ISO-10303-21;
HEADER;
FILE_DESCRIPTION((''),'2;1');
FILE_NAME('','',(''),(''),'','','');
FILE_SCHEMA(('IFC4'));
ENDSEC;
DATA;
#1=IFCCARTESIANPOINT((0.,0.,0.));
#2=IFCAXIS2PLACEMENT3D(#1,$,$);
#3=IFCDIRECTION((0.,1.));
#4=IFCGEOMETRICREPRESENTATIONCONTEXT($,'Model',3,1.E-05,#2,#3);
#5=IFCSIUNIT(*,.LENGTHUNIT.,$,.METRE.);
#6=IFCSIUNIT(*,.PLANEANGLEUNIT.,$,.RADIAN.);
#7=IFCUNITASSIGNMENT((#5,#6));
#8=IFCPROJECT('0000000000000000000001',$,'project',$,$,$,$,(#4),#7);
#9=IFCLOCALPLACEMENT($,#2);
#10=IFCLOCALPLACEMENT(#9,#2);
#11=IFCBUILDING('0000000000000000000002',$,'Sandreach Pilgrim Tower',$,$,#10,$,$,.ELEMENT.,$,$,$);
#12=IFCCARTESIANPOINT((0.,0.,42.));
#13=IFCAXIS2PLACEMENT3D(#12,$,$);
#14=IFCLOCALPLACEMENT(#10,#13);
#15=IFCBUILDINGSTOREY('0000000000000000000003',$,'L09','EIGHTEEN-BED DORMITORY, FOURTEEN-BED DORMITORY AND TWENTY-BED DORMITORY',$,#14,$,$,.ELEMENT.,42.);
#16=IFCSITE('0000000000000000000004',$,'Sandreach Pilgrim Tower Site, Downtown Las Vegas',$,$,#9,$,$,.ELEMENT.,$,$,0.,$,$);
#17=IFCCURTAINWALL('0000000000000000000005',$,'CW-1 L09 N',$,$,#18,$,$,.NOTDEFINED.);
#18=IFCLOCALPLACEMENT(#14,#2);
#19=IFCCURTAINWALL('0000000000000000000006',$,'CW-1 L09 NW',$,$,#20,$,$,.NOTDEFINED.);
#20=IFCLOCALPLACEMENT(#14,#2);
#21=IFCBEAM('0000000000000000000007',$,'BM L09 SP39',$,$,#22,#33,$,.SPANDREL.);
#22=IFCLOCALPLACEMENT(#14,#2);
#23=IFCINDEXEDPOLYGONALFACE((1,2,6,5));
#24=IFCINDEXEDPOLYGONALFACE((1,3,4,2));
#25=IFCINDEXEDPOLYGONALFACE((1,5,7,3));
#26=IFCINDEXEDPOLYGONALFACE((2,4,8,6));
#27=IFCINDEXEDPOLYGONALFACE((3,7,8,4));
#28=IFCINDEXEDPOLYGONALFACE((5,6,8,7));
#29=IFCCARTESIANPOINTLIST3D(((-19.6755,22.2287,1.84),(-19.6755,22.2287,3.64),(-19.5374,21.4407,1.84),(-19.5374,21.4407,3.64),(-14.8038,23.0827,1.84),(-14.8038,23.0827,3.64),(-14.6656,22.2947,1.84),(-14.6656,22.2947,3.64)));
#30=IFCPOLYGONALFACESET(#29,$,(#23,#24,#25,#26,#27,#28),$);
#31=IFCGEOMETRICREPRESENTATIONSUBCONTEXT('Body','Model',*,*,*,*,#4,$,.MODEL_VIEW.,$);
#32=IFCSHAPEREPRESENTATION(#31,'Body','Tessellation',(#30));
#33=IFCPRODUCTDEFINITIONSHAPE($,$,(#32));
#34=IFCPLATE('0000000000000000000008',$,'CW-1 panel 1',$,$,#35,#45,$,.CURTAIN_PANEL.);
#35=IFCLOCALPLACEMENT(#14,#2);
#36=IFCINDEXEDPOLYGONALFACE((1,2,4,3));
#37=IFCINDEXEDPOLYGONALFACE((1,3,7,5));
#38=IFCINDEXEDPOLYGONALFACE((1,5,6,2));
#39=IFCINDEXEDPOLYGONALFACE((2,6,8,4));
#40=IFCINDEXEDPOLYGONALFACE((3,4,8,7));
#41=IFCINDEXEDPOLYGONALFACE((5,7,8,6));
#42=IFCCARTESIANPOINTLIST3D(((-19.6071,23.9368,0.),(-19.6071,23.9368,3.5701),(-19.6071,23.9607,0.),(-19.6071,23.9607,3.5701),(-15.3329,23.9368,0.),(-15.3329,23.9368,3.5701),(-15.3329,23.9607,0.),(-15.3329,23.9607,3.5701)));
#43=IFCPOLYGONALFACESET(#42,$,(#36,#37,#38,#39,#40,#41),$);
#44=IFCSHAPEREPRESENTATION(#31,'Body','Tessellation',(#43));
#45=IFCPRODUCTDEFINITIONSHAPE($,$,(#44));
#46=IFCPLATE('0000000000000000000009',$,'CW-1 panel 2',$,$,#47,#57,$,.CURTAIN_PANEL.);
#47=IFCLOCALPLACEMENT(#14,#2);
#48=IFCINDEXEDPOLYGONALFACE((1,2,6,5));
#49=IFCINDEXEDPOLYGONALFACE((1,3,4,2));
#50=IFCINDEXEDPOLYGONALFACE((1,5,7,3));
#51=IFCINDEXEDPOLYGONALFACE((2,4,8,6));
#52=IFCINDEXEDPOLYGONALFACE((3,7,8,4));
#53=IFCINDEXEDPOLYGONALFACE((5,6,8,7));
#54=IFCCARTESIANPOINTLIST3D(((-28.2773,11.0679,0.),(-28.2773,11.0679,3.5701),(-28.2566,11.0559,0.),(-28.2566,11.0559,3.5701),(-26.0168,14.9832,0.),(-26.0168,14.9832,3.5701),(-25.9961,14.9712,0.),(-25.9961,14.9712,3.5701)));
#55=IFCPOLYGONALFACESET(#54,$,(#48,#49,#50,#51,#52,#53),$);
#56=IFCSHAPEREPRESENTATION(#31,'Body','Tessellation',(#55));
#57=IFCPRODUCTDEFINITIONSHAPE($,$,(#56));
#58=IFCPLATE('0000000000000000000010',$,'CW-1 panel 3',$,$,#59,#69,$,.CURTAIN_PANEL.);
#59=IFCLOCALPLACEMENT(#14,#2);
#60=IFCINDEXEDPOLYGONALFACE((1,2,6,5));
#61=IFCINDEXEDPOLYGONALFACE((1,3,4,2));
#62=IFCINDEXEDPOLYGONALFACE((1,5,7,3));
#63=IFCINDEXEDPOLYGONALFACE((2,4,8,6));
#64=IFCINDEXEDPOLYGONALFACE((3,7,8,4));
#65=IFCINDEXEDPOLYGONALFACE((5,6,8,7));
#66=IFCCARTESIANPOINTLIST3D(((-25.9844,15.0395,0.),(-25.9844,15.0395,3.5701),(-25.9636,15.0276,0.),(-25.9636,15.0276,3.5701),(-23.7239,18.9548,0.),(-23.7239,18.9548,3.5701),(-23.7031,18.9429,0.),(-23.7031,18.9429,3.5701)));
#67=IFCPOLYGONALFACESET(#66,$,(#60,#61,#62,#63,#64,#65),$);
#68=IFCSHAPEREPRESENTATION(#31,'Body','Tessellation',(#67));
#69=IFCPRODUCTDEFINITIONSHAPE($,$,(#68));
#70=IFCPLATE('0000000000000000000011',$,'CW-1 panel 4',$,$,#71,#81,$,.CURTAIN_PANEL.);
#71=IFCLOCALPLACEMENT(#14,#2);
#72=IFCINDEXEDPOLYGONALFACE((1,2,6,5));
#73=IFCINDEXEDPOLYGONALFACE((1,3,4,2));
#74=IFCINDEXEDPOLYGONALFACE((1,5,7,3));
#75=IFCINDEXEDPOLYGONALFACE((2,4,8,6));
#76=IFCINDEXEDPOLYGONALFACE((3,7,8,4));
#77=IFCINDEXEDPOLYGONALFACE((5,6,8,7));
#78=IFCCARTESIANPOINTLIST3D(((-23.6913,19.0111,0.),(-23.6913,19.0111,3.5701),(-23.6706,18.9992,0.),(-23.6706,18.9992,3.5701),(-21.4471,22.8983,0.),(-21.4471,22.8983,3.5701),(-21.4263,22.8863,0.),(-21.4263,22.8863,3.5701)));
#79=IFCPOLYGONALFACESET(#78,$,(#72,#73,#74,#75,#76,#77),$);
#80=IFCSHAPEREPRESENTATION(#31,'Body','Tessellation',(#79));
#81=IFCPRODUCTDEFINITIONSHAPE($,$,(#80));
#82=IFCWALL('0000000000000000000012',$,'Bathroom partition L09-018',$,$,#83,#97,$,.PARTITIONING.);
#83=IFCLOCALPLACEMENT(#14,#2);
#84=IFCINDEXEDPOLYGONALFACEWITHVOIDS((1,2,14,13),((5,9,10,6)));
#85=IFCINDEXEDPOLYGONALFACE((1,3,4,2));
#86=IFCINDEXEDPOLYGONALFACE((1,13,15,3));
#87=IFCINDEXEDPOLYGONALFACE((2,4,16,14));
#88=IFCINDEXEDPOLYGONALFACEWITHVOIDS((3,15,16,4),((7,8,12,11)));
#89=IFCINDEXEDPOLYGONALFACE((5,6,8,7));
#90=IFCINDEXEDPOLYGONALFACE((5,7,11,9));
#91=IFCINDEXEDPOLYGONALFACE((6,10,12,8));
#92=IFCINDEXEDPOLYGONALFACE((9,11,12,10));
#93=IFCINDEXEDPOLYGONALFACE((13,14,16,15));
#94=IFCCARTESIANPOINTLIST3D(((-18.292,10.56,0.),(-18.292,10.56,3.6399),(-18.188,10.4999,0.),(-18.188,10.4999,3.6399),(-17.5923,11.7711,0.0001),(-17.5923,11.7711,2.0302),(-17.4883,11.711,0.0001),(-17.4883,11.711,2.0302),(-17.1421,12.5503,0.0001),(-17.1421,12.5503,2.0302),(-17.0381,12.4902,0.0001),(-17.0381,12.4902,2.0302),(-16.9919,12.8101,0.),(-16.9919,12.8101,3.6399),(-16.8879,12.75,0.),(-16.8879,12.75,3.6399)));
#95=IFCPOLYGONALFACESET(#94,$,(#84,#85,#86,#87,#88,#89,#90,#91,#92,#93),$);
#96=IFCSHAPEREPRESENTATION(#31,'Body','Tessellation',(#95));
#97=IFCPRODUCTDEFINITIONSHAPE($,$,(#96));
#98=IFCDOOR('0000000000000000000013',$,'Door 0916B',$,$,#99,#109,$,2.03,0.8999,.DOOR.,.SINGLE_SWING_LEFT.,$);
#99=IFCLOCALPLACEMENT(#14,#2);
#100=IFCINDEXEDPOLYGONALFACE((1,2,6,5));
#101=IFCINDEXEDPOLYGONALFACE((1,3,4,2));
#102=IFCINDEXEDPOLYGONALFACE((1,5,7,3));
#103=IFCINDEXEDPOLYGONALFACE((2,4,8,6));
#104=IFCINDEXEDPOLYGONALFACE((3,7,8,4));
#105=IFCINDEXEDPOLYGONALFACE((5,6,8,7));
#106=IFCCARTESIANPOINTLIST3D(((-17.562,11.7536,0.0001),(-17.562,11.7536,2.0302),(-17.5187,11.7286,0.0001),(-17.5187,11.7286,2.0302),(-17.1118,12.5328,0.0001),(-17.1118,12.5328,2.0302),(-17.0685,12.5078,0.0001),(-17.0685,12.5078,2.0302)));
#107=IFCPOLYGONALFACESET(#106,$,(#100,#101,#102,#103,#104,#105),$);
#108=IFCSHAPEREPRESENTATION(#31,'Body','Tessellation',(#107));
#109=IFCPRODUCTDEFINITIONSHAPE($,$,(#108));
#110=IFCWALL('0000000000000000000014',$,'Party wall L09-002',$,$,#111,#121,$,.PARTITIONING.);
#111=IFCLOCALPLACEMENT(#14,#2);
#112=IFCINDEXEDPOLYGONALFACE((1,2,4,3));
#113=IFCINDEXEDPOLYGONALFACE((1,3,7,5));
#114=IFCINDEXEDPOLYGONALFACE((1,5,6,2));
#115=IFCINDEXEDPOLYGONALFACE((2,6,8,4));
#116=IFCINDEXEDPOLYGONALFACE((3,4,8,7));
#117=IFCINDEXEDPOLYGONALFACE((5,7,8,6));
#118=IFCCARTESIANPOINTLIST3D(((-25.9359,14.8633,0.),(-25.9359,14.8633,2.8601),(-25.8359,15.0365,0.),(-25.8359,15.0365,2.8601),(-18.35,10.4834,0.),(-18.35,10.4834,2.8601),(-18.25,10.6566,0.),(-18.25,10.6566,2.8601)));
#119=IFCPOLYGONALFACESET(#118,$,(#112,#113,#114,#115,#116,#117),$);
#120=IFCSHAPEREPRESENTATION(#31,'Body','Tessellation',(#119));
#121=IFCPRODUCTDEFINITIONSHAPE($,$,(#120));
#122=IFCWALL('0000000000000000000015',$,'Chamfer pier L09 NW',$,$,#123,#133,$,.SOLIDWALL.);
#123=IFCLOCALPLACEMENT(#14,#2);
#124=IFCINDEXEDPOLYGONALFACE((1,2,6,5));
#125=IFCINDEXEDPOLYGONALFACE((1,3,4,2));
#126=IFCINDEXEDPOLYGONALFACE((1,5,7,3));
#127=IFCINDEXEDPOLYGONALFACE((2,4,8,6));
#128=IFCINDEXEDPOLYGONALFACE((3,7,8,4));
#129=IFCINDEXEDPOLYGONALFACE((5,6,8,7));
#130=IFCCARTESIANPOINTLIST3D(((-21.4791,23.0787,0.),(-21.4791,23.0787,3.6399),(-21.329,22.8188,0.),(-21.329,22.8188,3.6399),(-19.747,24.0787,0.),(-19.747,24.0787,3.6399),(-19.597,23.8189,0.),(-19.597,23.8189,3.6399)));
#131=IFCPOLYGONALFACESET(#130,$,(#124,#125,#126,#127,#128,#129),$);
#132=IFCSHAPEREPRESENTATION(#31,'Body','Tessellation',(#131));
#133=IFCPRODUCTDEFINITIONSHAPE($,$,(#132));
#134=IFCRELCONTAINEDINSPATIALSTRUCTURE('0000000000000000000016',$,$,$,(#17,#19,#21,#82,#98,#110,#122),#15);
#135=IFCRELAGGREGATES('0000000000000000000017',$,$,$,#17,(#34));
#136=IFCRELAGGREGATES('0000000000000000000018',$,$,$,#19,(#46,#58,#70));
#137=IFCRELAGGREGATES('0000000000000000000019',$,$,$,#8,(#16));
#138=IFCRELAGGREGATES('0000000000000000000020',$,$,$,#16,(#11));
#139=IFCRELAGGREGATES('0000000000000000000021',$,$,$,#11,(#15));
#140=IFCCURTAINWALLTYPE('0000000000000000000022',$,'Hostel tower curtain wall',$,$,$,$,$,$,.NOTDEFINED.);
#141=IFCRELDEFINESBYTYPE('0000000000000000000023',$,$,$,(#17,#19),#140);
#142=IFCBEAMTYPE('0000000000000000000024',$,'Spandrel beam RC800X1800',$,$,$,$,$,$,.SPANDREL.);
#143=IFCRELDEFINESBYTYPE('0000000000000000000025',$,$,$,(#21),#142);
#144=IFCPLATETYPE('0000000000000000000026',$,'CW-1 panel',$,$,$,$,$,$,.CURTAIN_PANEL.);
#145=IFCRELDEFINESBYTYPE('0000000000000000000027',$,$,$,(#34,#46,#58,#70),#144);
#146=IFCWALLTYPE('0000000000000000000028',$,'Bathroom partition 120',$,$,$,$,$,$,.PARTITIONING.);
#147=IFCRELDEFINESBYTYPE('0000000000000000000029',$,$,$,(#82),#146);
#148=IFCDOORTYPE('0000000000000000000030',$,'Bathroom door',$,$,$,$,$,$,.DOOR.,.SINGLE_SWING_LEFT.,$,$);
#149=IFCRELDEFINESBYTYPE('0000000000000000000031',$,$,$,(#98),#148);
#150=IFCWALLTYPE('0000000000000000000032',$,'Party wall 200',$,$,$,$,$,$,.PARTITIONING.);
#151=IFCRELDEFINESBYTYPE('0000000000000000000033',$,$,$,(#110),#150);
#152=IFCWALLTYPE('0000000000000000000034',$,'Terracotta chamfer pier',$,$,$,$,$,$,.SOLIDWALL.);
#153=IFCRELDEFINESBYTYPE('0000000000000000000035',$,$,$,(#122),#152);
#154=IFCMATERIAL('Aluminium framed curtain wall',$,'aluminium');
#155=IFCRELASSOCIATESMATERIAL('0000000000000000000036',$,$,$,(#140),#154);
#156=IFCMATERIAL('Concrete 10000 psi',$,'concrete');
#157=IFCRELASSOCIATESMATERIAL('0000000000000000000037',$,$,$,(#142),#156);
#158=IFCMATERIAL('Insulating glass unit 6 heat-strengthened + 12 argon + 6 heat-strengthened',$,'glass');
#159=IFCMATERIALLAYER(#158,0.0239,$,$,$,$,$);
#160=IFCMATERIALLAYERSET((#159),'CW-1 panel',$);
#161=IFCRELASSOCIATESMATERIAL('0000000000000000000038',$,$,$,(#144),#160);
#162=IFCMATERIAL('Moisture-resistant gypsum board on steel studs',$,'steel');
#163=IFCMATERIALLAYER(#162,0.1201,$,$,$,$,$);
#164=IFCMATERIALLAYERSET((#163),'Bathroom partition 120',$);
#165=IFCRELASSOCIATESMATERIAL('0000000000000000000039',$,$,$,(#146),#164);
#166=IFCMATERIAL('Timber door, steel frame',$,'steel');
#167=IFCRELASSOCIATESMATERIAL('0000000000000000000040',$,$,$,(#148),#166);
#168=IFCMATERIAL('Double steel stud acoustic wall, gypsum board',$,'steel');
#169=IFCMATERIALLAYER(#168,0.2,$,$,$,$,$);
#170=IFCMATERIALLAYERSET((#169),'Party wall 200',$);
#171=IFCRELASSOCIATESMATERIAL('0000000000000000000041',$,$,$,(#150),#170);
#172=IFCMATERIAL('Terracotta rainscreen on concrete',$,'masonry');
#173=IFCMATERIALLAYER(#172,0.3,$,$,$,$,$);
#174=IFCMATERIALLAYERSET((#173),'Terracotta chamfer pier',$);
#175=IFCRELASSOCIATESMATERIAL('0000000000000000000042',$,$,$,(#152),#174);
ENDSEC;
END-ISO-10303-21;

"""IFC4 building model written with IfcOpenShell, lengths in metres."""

from ifc_helpers import new_model, si_unit, direction, frame, frame_2d, origin, origin_2d, place, context, subcontext, project, spatial, rectangle, extrude, material, layer, layer_set, material_profile, profile_set, type_object, element, fill, aggregate, save


model = new_model("IFC4")

# Units and contexts
model_context = context("Model", 3, precision=1e-05, world=origin(), true_north=direction((0.0, 1.0)))
body_context = subcontext(model_context, "Body", "Model", "MODEL_VIEW")
ifc_project = project(units=[si_unit("LENGTHUNIT", "METRE"), si_unit("PLANEANGLEUNIT", "RADIAN")], contexts=[model_context])

# Site, building, storey
site_placement = place(None, origin())
site = spatial("IfcSite", under=ifc_project, at=site_placement, Name="Sandreach Pilgrim Tower Site, Downtown Las Vegas", CompositionType="ELEMENT", RefElevation=0.0)
building_placement = place(site_placement, origin())
building = spatial("IfcBuilding", under=site, at=building_placement, Name="Sandreach Pilgrim Tower", CompositionType="ELEMENT")
storey_placement = place(building_placement, frame((0.0, 0.0, 42.0)))
storey = spatial("IfcBuildingStorey", under=building, at=storey_placement, Name="L09", Description="EIGHTEEN-BED DORMITORY, FOURTEEN-BED DORMITORY AND TWENTY-BED DORMITORY", CompositionType="ELEMENT", Elevation=42.0)

# Curtain wall
ifc_material_1 = material(Name="Aluminium framed curtain wall", Category="aluminium")
curtain_wall_type = type_object("IfcCurtainWallType", Name="Hostel tower curtain wall", PredefinedType="NOTDEFINED", material=ifc_material_1)
curtain_wall_1_placement = place(storey_placement, origin())
curtain_wall_1 = element("IfcCurtainWall", 1, at=curtain_wall_1_placement, inside=storey, type_object=curtain_wall_type, Name="CW-1 L09 N", PredefinedType="NOTDEFINED")

# Curtain wall
curtain_wall_2_placement = place(storey_placement, origin())
curtain_wall_2 = element("IfcCurtainWall", 2, at=curtain_wall_2_placement, inside=storey, type_object=curtain_wall_type, Name="CW-1 L09 NW", PredefinedType="NOTDEFINED")

# Beam
ifc_material_2 = material(Name="Concrete 10000 psi", Category="concrete")
ifc_material_profile_1 = material_profile(ifc_material_2, rectangle(XDim=0.8, YDim=1.8, at=origin_2d()), Name="RC800X1800")
ifc_profile_set_1 = profile_set([ifc_material_profile_1], Name="Concrete 10000 psi")
beam_type_1 = type_object("IfcBeamType", Name="Spandrel beam RC800X1800", PredefinedType="SPANDREL", material=ifc_profile_set_1)
beam_1_placement = place(storey_placement, frame((-19.6064, 21.8347, 2.74), z_axis=(0.984981, 0.172662, 0.0), x_axis=(-0.172662, 0.984981, 0.0)))
element("IfcBeam", 3, at=beam_1_placement, inside=storey, type_object=beam_type_1, Name="BM L09 SP39", PredefinedType="SPANDREL", context=body_context, shape_type="SweptSolid", body=[
    extrude(rectangle(XDim=0.8, YDim=1.8, at=origin_2d()), origin(), (0.0, 0.0, 1.0), 4.946),
])

# Plates
ifc_material_3 = material(Name="Insulating glass unit 6 heat-strengthened + 12 argon + 6 heat-strengthened", Category="glass")
ifc_layer_1 = layer(ifc_material_3, 0.0239)
ifc_layer_set_1 = layer_set([ifc_layer_1], Name="CW-1 panel")
plate_type = type_object("IfcPlateType", Name="CW-1 panel", PredefinedType="CURTAIN_PANEL", material=ifc_layer_set_1)
plate_1_placement = place(storey_placement, frame((-17.47, 23.9487, 0.0), z_axis=(0.0, 0.0, 1.0), x_axis=(1.0, 0.0, 0.0)))
plate_1 = element("IfcPlate", 4, at=plate_1_placement, type_object=plate_type, Name="CW-1 panel 1", PredefinedType="CURTAIN_PANEL", context=body_context, shape_type="SweptSolid", body=[
    extrude(rectangle(XDim=4.2742, YDim=0.0239, at=origin_2d()), origin(), (0.0, 0.0, 1.0), 3.5701),
])
aggregate(curtain_wall_1, [plate_1])
plate_2_placement = place(storey_placement, frame((-27.1367, 13.0195, 0.0), z_axis=(0.0, 0.0, 1.0), x_axis=(0.5, 0.866025, 0.0)))
plate_2 = element("IfcPlate", 5, at=plate_2_placement, type_object=plate_type, Name="CW-1 panel 2", PredefinedType="CURTAIN_PANEL", context=body_context, shape_type="SweptSolid", body=[
    extrude(rectangle(XDim=4.521, YDim=0.0239, at=origin_2d()), origin(), (0.0, 0.0, 1.0), 3.5701),
])
plate_3_placement = place(storey_placement, frame((-24.8438, 16.9912, 0.0), z_axis=(0.0, 0.0, 1.0), x_axis=(0.5, 0.866025, 0.0)))
plate_3 = element("IfcPlate", 6, at=plate_3_placement, type_object=plate_type, Name="CW-1 panel 3", PredefinedType="CURTAIN_PANEL", context=body_context, shape_type="SweptSolid", body=[
    extrude(rectangle(XDim=4.521, YDim=0.0239, at=origin_2d()), origin(), (0.0, 0.0, 1.0), 3.5701),
])
plate_4_placement = place(storey_placement, frame((-22.5588, 20.9487, 0.0), z_axis=(0.0, 0.0, 1.0), x_axis=(0.5, 0.866025, 0.0)))
plate_4 = element("IfcPlate", 7, at=plate_4_placement, type_object=plate_type, Name="CW-1 panel 4", PredefinedType="CURTAIN_PANEL", context=body_context, shape_type="SweptSolid", body=[
    extrude(rectangle(XDim=4.4885, YDim=0.0239, at=origin_2d()), origin(), (0.0, 0.0, 1.0), 3.5701),
])
aggregate(curtain_wall_2, [plate_2, plate_3, plate_4])

# Wall, opening, door
ifc_material_4 = material(Name="Moisture-resistant gypsum board on steel studs", Category="steel")
ifc_layer_2 = layer(ifc_material_4, 0.1201)
ifc_layer_set_2 = layer_set([ifc_layer_2], Name="Bathroom partition 120")
wall_type_1 = type_object("IfcWallType", Name="Bathroom partition 120", PredefinedType="PARTITIONING", material=ifc_layer_set_2)
wall_1_placement = place(storey_placement, frame((-16.9399, 12.78, 0.0), z_axis=(0.0, 0.0, 1.0), x_axis=(-0.500292, -0.865857, 0.0)))
wall_1 = element("IfcWall", 8, at=wall_1_placement, inside=storey, type_object=wall_type_1, Name="Bathroom partition L09-018", PredefinedType="PARTITIONING", context=body_context, shape_type="SweptSolid", body=[
    extrude(rectangle(XDim=2.5986, YDim=0.1201, at=frame_2d((1.2993, 0.0))), origin(), (0.0, 0.0, 1.0), 3.6399),
])
opening_placement = place(wall_1_placement, frame((0.3, 0.0, 0.0)))
opening = element("IfcOpeningElement", 9, at=opening_placement, cuts=wall_1, PredefinedType="OPENING", context=body_context, shape_type="SweptSolid", body=[
    extrude(rectangle(XDim=0.8999, YDim=2.03, at=frame_2d((0.45, 1.0151))), frame((0.0, 0.0601, 0.0), z_axis=(0.0, -1.0, 0.0), x_axis=(1.0, 0.0, 0.0)), (0.0, 0.0, 1.0), 0.1201),
])
ifc_material_5 = material(Name="Timber door, steel frame", Category="steel")
door_type = type_object("IfcDoorType", Name="Bathroom door", OperationType="SINGLE_SWING_LEFT", PredefinedType="DOOR", material=ifc_material_5)
door_placement = place(opening_placement, origin())
door = element("IfcDoor", 10, at=door_placement, inside=storey, type_object=door_type, Name="Door 0916B", OperationType="SINGLE_SWING_LEFT", OverallHeight=2.03, OverallWidth=0.8999, PredefinedType="DOOR", context=body_context, shape_type="SweptSolid", body=[
    extrude(rectangle(XDim=0.8999, YDim=2.03, at=frame_2d((0.45, 1.0151))), frame((0.0, 0.0249, 0.0), z_axis=(0.0, -1.0, 0.0), x_axis=(1.0, 0.0, 0.0)), (0.0, 0.0, 1.0), 0.05),
])
fill(opening, door)

# Walls
ifc_material_6 = material(Name="Double steel stud acoustic wall, gypsum board", Category="steel")
ifc_layer_3 = layer(ifc_material_6, 0.2)
ifc_layer_set_3 = layer_set([ifc_layer_3], Name="Party wall 200")
wall_type_2 = type_object("IfcWallType", Name="Party wall 200", PredefinedType="PARTITIONING", material=ifc_layer_set_3)
wall_2_placement = place(storey_placement, frame((-25.886, 14.95, 0.0), z_axis=(0.0, 0.0, 1.0), x_axis=(0.866018, -0.500012, 0.0)))
element("IfcWall", 11, at=wall_2_placement, inside=storey, type_object=wall_type_2, Name="Party wall L09-002", PredefinedType="PARTITIONING", context=body_context, shape_type="SweptSolid", body=[
    extrude(rectangle(XDim=8.7595, YDim=0.2, at=frame_2d((4.3799, 0.0))), origin(), (0.0, 0.0, 1.0), 2.8601),
])
ifc_material_7 = material(Name="Terracotta rainscreen on concrete", Category="masonry")
ifc_layer_4 = layer(ifc_material_7, 0.3)
ifc_layer_set_4 = layer_set([ifc_layer_4], Name="Terracotta chamfer pier")
wall_type_3 = type_object("IfcWallType", Name="Terracotta chamfer pier", PredefinedType="SOLIDWALL", material=ifc_layer_set_4)
wall_3_placement = place(storey_placement, frame((-21.4041, 22.9487, 0.0), z_axis=(0.0, 0.0, 1.0), x_axis=(0.866011, 0.500025, 0.0)))
element("IfcWall", 12, at=wall_3_placement, inside=storey, type_object=wall_type_3, Name="Chamfer pier L09 NW", PredefinedType="SOLIDWALL", context=body_context, shape_type="SweptSolid", body=[
    extrude(rectangle(XDim=2.0, YDim=0.3, at=frame_2d((1.0, 0.0))), origin(), (0.0, 0.0, 1.0), 3.6399),
])

save(model, "model.ifc")
